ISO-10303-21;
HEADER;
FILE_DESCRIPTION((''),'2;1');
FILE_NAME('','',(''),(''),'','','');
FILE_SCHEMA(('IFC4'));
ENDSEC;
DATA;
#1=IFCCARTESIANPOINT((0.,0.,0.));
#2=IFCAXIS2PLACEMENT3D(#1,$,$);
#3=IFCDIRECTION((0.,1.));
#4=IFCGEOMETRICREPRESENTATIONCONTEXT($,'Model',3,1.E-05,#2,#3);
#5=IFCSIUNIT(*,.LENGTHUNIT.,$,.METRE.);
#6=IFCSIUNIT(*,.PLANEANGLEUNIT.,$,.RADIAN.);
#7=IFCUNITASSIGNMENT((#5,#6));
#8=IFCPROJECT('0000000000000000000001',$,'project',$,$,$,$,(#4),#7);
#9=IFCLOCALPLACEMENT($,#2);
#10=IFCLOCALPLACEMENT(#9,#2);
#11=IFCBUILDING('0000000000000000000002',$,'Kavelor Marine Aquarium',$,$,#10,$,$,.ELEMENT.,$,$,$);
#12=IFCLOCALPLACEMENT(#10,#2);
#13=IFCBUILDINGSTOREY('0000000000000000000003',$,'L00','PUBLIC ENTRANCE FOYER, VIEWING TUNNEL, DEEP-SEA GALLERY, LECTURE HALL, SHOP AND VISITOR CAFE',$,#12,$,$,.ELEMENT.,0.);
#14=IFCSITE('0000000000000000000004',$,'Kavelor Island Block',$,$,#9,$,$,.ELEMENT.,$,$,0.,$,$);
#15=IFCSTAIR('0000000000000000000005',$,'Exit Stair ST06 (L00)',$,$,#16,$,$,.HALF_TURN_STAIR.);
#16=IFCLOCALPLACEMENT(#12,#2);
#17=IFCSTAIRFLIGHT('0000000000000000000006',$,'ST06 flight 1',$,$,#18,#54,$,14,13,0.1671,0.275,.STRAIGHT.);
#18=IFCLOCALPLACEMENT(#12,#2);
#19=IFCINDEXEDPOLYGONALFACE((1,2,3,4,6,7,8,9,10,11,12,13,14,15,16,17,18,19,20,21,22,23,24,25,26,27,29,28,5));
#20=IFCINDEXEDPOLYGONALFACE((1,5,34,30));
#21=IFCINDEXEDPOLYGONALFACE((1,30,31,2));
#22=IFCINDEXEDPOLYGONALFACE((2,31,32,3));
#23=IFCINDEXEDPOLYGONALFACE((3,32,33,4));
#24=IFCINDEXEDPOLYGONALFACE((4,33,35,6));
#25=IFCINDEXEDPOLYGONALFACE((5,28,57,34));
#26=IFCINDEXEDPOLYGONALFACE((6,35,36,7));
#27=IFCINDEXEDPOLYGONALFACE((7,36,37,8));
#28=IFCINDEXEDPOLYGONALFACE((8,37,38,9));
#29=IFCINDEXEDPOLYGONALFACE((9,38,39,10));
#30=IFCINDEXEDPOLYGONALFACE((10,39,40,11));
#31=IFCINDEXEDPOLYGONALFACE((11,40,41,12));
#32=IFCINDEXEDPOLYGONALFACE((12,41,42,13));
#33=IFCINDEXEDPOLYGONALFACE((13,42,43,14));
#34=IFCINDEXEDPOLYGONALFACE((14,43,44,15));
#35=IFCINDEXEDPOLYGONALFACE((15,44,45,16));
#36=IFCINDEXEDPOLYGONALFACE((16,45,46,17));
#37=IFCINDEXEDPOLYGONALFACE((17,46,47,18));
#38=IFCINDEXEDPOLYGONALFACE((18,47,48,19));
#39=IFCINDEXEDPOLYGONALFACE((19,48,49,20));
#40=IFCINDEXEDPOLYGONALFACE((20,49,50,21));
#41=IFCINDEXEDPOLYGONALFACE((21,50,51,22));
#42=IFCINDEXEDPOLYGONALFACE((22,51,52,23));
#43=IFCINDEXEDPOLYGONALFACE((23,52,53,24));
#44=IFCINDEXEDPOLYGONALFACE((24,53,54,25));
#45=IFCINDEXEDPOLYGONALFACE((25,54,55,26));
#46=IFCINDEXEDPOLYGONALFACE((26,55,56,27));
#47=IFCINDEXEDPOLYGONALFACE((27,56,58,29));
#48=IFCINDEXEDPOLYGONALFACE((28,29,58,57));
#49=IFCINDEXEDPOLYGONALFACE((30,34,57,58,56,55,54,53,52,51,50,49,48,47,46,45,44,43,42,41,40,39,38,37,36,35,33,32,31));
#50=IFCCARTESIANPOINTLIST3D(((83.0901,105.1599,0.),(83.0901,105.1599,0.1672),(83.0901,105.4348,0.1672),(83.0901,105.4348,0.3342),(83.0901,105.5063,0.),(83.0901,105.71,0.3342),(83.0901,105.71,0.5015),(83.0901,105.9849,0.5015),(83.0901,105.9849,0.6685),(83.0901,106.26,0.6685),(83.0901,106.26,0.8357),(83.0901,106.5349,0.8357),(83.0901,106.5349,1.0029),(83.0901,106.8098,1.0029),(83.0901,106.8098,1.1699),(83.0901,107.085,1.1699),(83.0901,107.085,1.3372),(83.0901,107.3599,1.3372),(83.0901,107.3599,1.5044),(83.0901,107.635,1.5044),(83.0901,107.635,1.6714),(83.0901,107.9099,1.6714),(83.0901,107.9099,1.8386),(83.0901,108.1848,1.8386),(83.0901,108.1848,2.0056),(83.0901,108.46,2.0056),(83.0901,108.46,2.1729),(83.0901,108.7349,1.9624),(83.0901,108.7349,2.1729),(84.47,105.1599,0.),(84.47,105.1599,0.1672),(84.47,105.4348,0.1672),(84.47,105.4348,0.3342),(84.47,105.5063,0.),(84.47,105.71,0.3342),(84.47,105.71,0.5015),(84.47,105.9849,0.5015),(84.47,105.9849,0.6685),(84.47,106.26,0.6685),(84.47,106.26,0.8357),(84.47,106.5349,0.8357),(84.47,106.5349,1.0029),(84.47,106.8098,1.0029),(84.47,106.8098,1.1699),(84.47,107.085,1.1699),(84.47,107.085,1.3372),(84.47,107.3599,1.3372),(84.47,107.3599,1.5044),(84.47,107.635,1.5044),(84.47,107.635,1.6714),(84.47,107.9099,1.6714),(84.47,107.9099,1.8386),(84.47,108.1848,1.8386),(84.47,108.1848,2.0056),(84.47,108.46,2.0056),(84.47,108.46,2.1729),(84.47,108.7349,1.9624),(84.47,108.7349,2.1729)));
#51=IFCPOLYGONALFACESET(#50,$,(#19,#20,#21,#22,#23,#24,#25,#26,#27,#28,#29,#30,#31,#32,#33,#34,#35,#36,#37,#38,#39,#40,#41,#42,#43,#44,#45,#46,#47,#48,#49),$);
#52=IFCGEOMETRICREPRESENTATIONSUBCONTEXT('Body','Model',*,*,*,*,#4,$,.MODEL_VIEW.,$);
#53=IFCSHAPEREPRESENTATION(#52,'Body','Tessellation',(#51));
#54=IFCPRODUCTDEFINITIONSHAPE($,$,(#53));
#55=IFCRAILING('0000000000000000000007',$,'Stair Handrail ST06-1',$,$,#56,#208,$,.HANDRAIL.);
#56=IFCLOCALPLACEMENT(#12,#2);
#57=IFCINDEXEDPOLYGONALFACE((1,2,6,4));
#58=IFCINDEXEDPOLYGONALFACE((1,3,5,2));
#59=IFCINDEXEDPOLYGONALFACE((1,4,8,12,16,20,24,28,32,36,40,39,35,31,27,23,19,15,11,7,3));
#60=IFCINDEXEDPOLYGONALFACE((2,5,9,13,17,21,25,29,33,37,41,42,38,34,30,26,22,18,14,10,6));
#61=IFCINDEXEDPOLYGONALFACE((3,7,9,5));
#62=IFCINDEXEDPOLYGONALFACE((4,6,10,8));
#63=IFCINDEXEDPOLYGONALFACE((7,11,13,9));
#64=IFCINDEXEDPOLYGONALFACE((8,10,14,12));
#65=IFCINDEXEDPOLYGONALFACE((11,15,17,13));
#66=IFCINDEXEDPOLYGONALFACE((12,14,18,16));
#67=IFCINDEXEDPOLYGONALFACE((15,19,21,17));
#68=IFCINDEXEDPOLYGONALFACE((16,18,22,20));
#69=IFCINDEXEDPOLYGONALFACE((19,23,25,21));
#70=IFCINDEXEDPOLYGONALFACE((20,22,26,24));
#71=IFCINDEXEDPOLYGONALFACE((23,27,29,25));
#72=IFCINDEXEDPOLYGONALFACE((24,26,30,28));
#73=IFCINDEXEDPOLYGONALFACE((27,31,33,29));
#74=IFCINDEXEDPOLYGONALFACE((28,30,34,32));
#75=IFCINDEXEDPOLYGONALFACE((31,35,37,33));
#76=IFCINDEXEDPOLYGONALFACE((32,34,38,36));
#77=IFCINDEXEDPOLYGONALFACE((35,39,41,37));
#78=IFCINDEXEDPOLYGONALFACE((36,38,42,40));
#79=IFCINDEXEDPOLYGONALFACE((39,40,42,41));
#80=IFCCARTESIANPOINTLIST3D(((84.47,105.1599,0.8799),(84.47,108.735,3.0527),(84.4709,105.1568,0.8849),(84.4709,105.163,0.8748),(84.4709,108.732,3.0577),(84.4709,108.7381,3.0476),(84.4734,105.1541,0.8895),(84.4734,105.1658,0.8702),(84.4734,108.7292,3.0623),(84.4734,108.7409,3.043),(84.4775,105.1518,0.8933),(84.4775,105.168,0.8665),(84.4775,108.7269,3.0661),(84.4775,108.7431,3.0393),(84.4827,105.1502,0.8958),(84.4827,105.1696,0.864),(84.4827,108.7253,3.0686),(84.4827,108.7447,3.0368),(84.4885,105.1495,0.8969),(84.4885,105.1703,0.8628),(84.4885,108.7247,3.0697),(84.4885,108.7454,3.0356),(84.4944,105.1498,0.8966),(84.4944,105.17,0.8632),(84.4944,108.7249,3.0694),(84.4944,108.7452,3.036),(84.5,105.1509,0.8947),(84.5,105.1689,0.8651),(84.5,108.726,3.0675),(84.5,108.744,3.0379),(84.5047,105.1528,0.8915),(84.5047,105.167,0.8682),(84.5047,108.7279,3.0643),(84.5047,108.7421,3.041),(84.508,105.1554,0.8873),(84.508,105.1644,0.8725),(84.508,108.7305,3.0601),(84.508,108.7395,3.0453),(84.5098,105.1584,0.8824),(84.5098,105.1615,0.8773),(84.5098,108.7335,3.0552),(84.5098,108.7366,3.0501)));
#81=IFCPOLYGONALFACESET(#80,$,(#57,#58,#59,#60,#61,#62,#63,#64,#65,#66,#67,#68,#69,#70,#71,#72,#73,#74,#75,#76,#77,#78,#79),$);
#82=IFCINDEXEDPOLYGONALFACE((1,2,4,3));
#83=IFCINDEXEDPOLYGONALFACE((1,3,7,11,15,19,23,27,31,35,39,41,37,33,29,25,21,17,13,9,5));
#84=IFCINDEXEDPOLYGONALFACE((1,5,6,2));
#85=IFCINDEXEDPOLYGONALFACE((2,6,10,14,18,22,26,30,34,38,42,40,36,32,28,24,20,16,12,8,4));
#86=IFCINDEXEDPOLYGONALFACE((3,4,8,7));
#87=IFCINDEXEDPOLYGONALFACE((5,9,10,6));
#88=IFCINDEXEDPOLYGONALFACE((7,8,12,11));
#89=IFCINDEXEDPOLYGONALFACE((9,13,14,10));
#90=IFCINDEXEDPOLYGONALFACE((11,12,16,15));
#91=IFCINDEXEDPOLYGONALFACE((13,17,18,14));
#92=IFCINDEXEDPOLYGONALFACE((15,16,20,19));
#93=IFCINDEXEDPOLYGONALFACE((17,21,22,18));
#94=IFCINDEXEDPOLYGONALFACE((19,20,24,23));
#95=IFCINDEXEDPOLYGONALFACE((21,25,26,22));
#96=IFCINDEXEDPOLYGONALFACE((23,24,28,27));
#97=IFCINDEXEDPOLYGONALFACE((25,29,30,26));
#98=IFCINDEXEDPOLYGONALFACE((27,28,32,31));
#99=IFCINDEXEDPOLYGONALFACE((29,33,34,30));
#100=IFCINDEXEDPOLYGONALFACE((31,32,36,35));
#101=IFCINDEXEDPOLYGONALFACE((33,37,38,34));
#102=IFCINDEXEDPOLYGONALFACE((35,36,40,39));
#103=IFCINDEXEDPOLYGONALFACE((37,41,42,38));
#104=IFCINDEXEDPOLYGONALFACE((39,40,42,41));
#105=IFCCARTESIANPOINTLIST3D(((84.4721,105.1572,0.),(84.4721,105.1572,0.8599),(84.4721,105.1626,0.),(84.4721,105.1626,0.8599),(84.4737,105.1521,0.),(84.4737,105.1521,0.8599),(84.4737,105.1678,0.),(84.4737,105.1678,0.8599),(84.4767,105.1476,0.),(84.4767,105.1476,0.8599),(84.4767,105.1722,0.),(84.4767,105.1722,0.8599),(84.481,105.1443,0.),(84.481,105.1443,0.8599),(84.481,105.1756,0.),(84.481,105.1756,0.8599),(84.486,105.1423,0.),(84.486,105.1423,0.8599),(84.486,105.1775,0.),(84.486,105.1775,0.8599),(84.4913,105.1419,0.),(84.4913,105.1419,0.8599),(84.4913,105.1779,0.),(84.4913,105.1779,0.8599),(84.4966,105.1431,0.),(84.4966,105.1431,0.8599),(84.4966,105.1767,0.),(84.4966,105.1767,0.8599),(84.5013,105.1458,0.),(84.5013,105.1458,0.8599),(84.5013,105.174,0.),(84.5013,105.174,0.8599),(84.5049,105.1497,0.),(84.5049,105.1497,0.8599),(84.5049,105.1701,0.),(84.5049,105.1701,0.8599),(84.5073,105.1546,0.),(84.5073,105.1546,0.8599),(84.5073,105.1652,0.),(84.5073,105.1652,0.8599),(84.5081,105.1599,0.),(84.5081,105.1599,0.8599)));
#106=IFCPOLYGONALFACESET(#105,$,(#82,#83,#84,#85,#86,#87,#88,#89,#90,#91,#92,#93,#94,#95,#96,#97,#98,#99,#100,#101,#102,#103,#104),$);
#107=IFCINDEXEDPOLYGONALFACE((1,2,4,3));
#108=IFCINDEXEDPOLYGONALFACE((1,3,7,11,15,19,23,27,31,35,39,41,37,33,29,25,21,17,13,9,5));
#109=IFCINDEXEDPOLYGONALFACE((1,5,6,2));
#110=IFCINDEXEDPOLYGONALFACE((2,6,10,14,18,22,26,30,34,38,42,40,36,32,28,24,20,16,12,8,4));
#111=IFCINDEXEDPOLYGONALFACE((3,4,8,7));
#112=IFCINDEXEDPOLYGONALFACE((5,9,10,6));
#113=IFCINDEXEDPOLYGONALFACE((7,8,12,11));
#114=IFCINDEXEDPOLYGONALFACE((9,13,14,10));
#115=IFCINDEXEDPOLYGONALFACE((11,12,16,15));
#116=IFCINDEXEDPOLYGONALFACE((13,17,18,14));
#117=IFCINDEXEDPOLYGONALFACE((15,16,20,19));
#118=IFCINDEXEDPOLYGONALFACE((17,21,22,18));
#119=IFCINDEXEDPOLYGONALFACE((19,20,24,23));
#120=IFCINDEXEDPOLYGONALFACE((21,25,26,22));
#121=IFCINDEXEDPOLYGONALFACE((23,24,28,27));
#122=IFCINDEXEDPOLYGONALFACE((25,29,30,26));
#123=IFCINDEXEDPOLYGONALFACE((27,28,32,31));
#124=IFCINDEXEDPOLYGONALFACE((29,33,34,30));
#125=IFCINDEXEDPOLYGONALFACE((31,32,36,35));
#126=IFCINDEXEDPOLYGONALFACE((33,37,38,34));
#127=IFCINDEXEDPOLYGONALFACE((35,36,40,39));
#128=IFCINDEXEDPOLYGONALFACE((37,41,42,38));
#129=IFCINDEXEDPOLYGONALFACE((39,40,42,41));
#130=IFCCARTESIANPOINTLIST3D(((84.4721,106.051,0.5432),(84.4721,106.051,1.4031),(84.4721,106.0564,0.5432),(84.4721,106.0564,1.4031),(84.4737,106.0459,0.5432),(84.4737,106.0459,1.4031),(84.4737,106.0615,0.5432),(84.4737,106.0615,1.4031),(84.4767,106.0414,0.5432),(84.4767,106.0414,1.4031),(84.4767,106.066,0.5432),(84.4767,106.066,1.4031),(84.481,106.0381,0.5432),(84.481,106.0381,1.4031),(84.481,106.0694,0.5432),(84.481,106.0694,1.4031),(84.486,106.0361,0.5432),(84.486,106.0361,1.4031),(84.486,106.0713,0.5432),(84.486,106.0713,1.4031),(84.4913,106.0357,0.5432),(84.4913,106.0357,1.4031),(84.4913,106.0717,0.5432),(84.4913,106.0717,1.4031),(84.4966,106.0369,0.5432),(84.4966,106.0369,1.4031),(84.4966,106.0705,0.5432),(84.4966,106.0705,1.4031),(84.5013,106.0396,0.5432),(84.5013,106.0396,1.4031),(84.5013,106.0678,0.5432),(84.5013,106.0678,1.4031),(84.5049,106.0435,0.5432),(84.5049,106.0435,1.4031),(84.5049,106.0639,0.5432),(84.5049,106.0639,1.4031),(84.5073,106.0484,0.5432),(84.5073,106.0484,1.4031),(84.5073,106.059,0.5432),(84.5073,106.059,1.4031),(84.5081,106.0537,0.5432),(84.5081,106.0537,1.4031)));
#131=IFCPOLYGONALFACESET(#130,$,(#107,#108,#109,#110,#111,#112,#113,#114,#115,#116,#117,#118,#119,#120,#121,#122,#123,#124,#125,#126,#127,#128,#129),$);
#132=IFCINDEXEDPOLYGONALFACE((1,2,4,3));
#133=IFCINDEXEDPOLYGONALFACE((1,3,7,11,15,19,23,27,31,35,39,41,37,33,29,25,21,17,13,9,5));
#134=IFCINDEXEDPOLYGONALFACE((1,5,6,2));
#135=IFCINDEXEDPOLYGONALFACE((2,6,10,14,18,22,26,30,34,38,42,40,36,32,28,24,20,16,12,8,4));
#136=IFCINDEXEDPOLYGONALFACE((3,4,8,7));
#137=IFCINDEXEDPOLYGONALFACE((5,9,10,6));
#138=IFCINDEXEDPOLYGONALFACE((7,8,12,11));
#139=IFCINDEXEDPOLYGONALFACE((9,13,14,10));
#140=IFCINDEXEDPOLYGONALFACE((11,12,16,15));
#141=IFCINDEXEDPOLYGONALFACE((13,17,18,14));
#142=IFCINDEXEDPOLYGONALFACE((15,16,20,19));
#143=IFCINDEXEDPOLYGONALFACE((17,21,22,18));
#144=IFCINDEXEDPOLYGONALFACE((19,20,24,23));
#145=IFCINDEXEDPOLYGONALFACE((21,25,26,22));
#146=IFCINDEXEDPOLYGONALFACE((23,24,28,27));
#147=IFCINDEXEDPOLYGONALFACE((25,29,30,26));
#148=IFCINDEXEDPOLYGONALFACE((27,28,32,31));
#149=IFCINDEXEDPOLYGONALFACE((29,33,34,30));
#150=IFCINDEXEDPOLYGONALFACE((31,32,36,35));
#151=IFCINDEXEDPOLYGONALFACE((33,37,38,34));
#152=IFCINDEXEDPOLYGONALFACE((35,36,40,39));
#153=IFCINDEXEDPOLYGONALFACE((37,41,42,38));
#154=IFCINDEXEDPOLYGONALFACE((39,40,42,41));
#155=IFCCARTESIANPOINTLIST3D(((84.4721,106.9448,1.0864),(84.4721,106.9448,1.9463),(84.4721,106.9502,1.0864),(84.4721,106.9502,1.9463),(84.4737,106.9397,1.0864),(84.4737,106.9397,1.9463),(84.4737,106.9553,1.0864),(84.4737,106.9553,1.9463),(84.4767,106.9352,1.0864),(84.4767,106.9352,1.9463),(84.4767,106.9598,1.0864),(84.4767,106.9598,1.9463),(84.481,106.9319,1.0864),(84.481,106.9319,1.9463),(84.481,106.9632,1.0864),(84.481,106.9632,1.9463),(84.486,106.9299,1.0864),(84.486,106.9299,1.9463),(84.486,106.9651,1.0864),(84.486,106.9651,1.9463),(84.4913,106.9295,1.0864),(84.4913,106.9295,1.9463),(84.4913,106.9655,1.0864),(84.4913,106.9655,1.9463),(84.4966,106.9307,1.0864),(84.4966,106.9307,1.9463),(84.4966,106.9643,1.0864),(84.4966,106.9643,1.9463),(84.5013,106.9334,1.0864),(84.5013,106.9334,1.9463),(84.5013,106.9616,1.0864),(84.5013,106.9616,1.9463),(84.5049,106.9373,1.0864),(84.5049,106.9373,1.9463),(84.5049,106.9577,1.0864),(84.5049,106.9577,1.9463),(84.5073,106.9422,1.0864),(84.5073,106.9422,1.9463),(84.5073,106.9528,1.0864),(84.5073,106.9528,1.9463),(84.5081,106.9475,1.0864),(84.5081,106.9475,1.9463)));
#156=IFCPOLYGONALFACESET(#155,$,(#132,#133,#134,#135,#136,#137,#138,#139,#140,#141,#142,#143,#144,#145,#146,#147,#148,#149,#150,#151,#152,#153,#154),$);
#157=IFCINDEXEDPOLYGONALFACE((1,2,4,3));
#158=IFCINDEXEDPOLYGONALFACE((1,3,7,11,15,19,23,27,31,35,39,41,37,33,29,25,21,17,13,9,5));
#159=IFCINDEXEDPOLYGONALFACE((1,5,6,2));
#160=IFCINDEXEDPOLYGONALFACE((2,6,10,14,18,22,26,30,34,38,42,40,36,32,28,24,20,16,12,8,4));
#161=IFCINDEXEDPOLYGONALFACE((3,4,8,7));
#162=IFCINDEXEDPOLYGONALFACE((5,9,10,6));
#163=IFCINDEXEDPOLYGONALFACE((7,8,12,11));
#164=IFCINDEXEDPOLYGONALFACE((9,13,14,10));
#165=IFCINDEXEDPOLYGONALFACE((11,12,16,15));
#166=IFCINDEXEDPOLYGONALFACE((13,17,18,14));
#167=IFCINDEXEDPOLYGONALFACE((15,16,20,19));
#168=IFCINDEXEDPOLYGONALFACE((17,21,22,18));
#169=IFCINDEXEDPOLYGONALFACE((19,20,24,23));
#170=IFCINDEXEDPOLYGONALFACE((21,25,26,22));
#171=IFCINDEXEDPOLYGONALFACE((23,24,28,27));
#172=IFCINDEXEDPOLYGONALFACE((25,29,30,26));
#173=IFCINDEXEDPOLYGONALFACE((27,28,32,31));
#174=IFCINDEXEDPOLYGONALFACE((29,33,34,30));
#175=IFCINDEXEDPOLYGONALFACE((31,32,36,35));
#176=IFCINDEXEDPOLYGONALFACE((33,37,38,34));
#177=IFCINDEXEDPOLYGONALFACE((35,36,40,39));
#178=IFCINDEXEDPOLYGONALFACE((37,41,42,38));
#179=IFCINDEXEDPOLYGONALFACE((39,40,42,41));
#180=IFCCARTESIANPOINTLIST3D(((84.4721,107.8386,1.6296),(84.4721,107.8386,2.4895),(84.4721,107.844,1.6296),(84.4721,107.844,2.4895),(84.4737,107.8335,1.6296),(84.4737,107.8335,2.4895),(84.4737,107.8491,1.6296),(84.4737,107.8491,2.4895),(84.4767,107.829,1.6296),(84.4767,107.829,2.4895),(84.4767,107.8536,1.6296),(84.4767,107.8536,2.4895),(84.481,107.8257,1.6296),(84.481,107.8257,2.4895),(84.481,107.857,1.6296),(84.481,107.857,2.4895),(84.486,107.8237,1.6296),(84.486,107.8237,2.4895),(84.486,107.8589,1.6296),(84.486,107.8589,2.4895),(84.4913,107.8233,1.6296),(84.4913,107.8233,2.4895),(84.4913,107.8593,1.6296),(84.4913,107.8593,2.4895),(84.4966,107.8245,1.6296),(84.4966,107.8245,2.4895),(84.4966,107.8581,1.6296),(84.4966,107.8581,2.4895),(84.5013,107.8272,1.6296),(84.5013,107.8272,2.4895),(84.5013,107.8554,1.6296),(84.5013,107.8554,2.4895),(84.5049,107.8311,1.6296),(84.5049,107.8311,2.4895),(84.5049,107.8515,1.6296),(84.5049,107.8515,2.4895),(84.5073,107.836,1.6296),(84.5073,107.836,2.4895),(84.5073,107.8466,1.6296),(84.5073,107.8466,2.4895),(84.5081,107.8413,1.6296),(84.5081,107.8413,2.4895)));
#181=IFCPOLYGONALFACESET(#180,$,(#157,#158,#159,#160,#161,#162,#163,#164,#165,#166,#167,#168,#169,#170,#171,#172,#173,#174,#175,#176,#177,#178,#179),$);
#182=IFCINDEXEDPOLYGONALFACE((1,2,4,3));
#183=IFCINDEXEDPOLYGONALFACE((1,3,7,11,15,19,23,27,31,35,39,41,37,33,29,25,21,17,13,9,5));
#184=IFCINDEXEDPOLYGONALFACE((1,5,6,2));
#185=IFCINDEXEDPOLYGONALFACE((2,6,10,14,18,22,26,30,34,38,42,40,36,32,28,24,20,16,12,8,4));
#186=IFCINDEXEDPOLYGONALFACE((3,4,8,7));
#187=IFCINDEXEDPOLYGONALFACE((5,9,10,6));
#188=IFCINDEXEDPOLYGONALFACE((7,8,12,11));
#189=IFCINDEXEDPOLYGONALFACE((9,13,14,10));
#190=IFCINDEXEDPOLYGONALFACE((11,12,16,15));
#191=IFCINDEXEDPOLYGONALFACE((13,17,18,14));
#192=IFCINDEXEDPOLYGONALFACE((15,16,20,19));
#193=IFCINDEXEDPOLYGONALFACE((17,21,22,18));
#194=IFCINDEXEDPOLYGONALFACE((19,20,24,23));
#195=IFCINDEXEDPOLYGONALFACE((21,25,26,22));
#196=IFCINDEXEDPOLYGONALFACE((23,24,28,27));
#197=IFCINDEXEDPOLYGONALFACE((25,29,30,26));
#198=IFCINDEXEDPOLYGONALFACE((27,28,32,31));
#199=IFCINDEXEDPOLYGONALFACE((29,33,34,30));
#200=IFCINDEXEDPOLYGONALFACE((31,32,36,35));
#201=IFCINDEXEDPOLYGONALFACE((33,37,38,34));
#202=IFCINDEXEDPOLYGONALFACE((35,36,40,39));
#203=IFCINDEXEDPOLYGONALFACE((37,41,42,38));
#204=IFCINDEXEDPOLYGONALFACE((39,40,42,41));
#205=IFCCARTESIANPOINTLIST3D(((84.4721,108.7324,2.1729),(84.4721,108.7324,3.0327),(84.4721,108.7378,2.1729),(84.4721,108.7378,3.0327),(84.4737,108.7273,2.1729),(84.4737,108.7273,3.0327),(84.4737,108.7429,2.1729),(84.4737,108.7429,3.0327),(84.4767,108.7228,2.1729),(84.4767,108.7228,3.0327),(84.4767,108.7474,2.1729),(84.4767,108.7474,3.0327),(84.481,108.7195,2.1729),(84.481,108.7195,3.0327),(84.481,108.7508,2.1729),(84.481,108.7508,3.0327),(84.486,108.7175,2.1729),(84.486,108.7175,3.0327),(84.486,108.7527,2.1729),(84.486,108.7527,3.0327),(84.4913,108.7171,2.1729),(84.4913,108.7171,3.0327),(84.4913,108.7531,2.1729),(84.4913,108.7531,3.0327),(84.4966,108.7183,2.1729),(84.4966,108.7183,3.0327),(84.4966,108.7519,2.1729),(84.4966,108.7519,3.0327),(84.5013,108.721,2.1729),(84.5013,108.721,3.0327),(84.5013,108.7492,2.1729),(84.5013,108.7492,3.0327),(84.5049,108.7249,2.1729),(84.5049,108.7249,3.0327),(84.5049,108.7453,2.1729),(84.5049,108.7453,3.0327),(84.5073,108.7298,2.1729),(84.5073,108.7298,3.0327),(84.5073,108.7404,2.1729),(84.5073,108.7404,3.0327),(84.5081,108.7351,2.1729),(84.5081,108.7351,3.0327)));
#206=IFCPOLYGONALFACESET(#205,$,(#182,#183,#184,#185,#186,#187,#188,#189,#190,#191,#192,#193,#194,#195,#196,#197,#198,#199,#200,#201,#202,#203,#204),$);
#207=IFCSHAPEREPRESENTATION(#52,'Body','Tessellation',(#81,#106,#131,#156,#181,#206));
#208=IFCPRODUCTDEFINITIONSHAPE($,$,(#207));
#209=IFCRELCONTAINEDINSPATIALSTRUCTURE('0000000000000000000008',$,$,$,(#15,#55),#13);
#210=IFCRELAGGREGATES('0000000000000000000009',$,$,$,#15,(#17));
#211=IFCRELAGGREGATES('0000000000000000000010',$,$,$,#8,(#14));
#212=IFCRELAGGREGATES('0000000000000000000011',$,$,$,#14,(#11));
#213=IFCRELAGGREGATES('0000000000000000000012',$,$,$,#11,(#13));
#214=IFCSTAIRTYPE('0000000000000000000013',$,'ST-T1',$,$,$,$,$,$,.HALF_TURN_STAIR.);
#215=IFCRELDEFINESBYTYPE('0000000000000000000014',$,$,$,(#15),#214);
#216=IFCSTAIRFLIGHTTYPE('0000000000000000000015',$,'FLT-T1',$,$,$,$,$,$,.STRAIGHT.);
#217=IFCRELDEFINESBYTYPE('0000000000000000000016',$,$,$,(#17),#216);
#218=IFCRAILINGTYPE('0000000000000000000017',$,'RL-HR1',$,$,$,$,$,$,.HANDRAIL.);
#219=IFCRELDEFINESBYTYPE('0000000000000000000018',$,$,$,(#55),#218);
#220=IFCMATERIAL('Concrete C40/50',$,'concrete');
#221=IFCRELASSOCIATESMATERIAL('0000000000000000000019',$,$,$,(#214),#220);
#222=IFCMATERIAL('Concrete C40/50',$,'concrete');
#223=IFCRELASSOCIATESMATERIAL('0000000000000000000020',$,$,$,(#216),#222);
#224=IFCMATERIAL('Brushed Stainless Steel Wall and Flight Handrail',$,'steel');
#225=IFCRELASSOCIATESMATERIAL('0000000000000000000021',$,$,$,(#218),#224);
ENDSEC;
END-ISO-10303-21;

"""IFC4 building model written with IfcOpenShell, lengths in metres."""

from ifc_helpers import new_model, si_unit, direction, frame, origin, origin_2d, place, context, subcontext, project, spatial, polyline, circle, outline, extrude, material, type_object, element, aggregate, save


model = new_model("IFC4")

# Units and contexts
model_context = context("Model", 3, precision=1e-05, world=origin(), true_north=direction((0.0, 1.0)))
body_context = subcontext(model_context, "Body", "Model", "MODEL_VIEW")
ifc_project = project(units=[si_unit("LENGTHUNIT", "METRE"), si_unit("PLANEANGLEUNIT", "RADIAN")], contexts=[model_context])

# Site, building, storey
site_placement = place(None, origin())
site = spatial("IfcSite", under=ifc_project, at=site_placement, Name="Kavelor Island Block", CompositionType="ELEMENT", RefElevation=0.0)
building_placement = place(site_placement, origin())
building = spatial("IfcBuilding", under=site, at=building_placement, Name="Kavelor Marine Aquarium", CompositionType="ELEMENT")
storey_placement = place(building_placement, origin())
storey = spatial("IfcBuildingStorey", under=building, at=storey_placement, Name="L00", Description="PUBLIC ENTRANCE FOYER, VIEWING TUNNEL, DEEP-SEA GALLERY, LECTURE HALL, SHOP AND VISITOR CAFE", CompositionType="ELEMENT", Elevation=0.0)

# Stair, stair flight
ifc_material_1 = material(Name="Concrete C40/50", Category="concrete")
stair_type = type_object("IfcStairType", Name="ST-T1", PredefinedType="HALF_TURN_STAIR", material=ifc_material_1)
stair_placement = place(storey_placement, origin())
stair = element("IfcStair", 1, at=stair_placement, inside=storey, type_object=stair_type, Name="Exit Stair ST06 (L00)", PredefinedType="HALF_TURN_STAIR")
ifc_material_2 = material(Name="Concrete C40/50", Category="concrete")
stair_flight_type = type_object("IfcStairFlightType", Name="FLT-T1", PredefinedType="STRAIGHT", material=ifc_material_2)
stair_flight_placement = place(storey_placement, frame((83.78, 105.1599, 0.0), z_axis=(0.0, 0.0, 1.0), x_axis=(0.0, 1.0, 0.0)))
stair_flight = element("IfcStairFlight", 2, at=stair_flight_placement, type_object=stair_flight_type, Name="ST06 flight 1", NumberOfRisers=14, NumberOfTreads=13, PredefinedType="STRAIGHT", RiserHeight=0.1671, TreadLength=0.275, context=body_context, shape_type="SweptSolid", body=[
    extrude(outline(polyline([(0.0, 0.0), (0.0, 0.1672), (0.2749, 0.1672), (0.2749, 0.3342), (0.55, 0.3342), (0.55, 0.5015), (0.825, 0.5015), (0.825, 0.6685), (1.1001, 0.6685), (1.1001, 0.8357), (1.375, 0.8357), (1.375, 1.0029), (1.6499, 1.0029), (1.6499, 1.1699), (1.925, 1.1699), (1.925, 1.3372), (2.2, 1.3372), (2.2, 1.5044), (2.4751, 1.5044), (2.4751, 1.6714), (2.75, 1.6714), (2.75, 1.8386), (3.0249, 1.8386), (3.0249, 2.0056), (3.3, 2.0056), (3.3, 2.1729), (3.575, 2.1729), (3.575, 2.3401), (3.575, 1.9624), (0.3464, 0.0), (0.0, 0.0)])), frame((0.0, 0.6899, 0.0), z_axis=(0.0, -1.0, 0.0), x_axis=(1.0, 0.0, 0.0)), (0.0, 0.0, 1.0), 1.3799),
])
aggregate(stair, [stair_flight])

# Railing
ifc_material_3 = material(Name="Brushed Stainless Steel Wall and Flight Handrail", Category="steel")
railing_type = type_object("IfcRailingType", Name="RL-HR1", PredefinedType="HANDRAIL", material=ifc_material_3)
railing_placement = place(storey_placement, frame((84.49, 105.1599, 0.0)))
element("IfcRailing", 3, at=railing_placement, inside=storey, type_object=railing_type, Name="Stair Handrail ST06-1", PredefinedType="HANDRAIL", context=body_context, shape_type="SweptSolid", body=[
    extrude(circle(Radius=0.02, at=origin_2d()), frame((0.0, 0.0, 0.8799), z_axis=(0.0, 0.854554, 0.519362), x_axis=(-1.0, 0.0, 0.0)), (0.0, 0.0, 1.0), 4.1836),
    extrude(circle(Radius=0.0181, at=origin_2d()), origin(), (0.0, 0.0, 1.0), 0.8599),
    extrude(circle(Radius=0.0181, at=origin_2d()), frame((0.0, 0.8938, 0.5432)), (0.0, 0.0, 1.0), 0.8599),
    extrude(circle(Radius=0.0181, at=origin_2d()), frame((0.0, 1.7876, 1.0864)), (0.0, 0.0, 1.0), 0.8599),
    extrude(circle(Radius=0.0181, at=origin_2d()), frame((0.0, 2.6814, 1.6296)), (0.0, 0.0, 1.0), 0.8599),
    extrude(circle(Radius=0.0181, at=origin_2d()), frame((0.0, 3.5752, 2.1729)), (0.0, 0.0, 1.0), 0.8599),
])

save(model, "model.ifc")
